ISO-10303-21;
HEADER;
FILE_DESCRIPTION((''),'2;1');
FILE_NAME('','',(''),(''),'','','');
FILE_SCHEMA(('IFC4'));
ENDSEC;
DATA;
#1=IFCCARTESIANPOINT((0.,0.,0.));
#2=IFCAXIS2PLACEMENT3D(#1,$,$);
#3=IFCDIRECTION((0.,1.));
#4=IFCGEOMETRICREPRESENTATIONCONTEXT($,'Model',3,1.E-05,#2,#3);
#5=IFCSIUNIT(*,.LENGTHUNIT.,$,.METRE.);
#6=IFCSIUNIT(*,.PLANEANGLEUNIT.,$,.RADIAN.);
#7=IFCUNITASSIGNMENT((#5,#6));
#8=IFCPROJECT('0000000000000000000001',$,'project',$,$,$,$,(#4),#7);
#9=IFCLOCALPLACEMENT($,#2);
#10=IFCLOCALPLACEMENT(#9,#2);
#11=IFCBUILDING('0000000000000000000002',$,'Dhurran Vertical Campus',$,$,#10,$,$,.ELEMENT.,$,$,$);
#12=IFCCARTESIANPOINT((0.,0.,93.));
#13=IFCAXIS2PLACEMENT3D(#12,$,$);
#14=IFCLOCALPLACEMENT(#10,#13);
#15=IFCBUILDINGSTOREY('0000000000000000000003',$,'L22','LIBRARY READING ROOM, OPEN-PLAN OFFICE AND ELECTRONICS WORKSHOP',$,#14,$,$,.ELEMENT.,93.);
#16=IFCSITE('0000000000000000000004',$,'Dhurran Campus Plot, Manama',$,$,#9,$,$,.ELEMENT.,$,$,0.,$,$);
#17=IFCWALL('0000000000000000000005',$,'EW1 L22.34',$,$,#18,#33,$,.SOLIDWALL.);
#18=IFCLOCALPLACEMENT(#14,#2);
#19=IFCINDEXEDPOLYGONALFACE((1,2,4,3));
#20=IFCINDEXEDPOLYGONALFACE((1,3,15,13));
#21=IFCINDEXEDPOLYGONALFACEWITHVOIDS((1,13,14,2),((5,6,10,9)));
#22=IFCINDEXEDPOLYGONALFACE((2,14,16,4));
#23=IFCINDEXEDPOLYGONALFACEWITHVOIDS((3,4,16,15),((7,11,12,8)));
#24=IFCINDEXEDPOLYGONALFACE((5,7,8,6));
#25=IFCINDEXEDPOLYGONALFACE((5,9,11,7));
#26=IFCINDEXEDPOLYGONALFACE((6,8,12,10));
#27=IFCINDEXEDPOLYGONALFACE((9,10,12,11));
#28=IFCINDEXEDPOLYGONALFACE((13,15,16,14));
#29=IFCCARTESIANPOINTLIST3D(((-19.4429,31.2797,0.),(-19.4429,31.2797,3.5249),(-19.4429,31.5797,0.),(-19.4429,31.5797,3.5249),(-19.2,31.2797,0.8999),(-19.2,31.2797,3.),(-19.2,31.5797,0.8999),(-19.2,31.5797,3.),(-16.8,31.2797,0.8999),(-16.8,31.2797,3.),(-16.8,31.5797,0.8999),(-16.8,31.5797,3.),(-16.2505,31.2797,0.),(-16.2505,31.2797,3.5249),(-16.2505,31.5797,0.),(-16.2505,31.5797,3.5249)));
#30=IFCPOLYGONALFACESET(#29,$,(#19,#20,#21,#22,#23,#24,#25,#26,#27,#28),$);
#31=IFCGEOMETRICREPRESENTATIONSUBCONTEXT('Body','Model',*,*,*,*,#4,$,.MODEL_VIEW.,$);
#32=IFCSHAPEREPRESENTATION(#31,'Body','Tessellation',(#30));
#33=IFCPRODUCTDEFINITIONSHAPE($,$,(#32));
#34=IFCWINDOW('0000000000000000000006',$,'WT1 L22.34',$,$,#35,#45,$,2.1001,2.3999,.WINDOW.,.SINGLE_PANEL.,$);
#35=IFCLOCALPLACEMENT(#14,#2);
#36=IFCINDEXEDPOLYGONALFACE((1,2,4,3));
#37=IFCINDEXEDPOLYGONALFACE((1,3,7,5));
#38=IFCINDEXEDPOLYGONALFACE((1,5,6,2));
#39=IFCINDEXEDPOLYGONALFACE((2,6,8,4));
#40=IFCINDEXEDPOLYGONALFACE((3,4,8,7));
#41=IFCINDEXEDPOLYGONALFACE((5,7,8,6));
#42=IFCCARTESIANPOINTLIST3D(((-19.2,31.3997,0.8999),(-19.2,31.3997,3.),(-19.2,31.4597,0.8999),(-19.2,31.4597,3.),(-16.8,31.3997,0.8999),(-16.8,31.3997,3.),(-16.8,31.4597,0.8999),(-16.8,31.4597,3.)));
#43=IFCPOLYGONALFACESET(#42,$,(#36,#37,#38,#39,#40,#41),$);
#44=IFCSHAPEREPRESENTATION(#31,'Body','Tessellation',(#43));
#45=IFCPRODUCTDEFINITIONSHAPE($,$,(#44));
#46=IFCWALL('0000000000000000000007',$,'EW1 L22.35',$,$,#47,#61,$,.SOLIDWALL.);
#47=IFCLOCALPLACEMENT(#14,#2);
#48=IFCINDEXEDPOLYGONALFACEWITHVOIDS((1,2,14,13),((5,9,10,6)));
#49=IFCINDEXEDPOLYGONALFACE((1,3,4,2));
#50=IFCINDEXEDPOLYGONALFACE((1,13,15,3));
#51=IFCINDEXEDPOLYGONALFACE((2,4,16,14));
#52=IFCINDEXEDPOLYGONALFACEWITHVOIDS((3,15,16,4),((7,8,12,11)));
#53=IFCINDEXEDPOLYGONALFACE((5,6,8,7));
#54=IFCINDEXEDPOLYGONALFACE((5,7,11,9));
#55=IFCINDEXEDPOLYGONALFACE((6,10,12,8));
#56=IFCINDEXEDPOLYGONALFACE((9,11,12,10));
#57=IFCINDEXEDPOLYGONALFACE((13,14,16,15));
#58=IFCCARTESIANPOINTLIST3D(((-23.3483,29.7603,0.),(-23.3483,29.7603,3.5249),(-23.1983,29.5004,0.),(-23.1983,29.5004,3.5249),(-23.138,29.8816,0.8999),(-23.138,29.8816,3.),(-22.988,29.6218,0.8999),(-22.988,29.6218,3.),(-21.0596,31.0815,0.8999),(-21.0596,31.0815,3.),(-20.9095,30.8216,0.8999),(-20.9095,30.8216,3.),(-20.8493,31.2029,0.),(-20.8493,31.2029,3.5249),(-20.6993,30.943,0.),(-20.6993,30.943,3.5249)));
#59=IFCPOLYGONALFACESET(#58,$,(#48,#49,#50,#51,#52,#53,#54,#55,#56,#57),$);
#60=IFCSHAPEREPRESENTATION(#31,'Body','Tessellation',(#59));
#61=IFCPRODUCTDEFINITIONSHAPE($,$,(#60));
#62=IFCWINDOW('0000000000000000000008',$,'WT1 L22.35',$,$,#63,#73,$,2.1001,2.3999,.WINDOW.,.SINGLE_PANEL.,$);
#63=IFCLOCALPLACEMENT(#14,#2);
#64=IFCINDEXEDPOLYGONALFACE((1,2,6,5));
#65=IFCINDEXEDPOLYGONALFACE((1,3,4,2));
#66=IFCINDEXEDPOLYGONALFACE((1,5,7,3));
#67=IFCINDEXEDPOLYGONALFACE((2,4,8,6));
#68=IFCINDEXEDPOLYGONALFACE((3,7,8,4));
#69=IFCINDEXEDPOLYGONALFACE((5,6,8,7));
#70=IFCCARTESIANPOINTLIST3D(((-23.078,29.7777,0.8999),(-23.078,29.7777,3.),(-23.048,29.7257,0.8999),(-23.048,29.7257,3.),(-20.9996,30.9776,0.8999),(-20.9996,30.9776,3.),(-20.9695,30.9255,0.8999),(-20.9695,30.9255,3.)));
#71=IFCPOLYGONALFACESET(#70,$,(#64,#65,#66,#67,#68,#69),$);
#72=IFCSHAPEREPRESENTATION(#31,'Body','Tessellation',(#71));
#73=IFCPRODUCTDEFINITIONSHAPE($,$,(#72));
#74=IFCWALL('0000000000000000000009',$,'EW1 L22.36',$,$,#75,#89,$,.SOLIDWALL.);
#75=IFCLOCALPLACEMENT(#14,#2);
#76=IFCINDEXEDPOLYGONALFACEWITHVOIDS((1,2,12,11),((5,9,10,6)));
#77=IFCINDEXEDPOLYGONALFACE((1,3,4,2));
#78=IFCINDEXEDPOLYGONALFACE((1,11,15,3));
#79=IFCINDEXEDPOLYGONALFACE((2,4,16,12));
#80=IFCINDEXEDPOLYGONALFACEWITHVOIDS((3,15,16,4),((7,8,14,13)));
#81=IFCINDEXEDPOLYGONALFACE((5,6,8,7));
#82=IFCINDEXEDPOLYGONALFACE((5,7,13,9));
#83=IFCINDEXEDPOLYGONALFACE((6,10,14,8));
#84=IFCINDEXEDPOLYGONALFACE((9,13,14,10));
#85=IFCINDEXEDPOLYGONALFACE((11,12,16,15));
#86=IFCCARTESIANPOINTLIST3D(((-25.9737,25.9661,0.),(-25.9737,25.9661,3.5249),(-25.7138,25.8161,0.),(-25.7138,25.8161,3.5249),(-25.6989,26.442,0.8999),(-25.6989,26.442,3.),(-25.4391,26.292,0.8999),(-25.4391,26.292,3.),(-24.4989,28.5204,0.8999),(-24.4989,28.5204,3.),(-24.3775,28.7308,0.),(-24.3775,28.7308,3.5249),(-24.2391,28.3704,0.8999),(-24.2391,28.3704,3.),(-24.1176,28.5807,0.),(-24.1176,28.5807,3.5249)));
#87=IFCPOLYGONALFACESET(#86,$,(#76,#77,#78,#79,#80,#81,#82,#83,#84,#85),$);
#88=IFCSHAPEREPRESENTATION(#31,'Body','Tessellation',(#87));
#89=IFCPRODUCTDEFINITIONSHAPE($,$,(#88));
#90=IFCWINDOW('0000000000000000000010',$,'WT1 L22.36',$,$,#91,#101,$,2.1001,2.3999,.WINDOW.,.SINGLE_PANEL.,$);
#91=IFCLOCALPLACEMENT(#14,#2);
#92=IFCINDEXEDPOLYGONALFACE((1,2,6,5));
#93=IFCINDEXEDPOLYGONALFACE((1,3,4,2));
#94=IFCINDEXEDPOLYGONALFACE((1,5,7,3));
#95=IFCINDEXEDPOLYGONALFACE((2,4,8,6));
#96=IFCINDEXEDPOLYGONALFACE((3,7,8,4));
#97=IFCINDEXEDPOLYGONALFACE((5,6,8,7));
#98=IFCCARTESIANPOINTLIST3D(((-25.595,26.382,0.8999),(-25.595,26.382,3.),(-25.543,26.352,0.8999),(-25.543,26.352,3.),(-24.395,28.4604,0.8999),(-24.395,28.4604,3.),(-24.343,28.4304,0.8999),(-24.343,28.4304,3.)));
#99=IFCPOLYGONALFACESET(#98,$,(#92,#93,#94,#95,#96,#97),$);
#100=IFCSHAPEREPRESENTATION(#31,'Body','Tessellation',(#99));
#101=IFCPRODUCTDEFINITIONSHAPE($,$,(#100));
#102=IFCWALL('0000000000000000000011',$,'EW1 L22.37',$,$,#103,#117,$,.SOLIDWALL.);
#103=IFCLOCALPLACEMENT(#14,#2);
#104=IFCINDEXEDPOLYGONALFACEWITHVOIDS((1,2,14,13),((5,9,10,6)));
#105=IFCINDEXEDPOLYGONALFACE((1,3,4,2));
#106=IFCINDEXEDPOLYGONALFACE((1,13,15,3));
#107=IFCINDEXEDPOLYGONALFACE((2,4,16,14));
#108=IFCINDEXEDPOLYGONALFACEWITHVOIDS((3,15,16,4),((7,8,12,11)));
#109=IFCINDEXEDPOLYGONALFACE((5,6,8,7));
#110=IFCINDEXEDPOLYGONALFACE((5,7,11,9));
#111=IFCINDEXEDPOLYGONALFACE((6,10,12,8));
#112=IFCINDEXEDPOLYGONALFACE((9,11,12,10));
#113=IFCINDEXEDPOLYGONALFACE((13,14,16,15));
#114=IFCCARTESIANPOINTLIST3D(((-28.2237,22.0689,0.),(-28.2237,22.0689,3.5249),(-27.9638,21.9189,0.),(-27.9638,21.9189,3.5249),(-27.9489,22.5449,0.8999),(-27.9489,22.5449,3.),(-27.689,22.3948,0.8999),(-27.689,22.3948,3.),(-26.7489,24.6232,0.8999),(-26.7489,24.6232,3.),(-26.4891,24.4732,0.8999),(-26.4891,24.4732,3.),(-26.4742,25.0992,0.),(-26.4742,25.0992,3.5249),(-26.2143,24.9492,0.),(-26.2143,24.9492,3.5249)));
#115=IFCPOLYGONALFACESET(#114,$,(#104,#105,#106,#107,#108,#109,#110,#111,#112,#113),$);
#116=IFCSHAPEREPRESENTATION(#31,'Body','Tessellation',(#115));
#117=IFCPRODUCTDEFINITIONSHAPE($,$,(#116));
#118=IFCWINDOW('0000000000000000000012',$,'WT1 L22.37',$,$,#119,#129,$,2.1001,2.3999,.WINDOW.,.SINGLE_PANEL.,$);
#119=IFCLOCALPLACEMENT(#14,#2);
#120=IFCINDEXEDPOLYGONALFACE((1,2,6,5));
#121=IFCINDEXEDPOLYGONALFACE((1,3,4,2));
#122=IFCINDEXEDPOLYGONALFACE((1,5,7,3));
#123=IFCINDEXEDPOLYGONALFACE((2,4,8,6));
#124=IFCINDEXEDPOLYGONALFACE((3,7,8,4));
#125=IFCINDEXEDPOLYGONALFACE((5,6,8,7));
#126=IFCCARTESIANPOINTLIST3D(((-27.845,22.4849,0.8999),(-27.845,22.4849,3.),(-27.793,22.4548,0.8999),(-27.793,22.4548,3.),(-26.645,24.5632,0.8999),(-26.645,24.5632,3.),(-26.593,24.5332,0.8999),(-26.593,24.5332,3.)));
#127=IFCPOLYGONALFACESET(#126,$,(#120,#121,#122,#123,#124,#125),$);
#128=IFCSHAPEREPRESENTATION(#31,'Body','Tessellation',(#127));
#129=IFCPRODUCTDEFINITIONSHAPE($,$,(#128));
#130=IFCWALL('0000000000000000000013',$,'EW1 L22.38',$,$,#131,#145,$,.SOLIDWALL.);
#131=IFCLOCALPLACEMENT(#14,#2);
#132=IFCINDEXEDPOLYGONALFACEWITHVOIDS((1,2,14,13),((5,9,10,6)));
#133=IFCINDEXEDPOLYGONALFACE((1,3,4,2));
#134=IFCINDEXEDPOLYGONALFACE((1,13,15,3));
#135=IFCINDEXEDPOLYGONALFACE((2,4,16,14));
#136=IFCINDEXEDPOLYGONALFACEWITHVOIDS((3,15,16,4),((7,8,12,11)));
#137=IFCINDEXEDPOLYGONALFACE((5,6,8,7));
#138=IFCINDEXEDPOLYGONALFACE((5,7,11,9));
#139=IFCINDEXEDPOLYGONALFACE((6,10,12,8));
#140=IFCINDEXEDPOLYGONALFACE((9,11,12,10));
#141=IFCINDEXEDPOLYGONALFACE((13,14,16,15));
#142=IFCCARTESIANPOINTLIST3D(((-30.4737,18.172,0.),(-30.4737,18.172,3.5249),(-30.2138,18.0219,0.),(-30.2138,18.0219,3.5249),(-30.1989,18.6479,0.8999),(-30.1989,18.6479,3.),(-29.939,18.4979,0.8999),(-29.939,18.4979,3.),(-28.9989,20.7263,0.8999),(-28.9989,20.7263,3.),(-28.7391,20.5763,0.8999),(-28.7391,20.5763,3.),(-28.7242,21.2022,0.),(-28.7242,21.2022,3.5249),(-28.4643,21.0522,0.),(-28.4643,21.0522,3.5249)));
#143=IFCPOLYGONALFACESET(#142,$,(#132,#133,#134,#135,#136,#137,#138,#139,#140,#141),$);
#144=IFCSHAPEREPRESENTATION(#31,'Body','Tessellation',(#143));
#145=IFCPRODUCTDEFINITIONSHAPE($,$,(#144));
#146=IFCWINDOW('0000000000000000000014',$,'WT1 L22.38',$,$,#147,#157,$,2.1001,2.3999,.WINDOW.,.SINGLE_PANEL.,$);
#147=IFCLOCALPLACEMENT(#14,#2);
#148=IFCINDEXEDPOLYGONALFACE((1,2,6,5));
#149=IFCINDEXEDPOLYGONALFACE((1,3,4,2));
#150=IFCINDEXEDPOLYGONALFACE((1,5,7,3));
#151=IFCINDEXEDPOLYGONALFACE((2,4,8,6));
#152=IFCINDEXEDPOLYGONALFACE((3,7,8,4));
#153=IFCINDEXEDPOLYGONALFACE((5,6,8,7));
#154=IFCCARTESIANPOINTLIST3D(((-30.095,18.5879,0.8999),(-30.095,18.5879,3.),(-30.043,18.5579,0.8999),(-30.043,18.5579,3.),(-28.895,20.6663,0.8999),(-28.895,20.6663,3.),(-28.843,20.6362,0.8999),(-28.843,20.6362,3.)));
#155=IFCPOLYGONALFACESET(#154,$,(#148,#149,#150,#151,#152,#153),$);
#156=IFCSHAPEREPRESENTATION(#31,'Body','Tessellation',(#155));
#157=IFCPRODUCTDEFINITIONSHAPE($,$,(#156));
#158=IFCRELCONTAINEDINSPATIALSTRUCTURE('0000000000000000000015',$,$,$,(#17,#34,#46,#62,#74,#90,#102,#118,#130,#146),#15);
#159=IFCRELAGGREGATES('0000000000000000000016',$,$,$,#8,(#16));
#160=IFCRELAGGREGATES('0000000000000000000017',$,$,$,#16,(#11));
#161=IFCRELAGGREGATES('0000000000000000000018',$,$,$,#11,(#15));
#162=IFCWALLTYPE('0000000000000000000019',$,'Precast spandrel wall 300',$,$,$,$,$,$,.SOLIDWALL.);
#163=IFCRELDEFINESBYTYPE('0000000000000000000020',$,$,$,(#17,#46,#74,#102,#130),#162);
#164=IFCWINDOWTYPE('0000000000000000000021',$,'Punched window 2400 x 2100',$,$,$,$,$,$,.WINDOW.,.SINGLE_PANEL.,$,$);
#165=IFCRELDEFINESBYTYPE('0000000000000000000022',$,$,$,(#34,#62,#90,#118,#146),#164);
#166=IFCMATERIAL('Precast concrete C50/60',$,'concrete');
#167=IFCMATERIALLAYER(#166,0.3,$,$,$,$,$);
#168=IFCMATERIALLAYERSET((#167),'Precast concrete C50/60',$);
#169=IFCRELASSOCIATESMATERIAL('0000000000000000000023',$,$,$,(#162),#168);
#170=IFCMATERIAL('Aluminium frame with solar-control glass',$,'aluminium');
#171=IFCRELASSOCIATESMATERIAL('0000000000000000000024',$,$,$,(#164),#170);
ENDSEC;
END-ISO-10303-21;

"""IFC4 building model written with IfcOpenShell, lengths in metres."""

from ifc_helpers import new_model, si_unit, direction, frame, frame_2d, origin, place, context, subcontext, project, spatial, rectangle, extrude, material, layer, layer_set, type_object, element, fill, save


model = new_model("IFC4")

# Units and contexts
model_context = context("Model", 3, precision=1e-05, world=origin(), true_north=direction((0.0, 1.0)))
body_context = subcontext(model_context, "Body", "Model", "MODEL_VIEW")
ifc_project = project(units=[si_unit("LENGTHUNIT", "METRE"), si_unit("PLANEANGLEUNIT", "RADIAN")], contexts=[model_context])

# Site, building, storey
site_placement = place(None, origin())
site = spatial("IfcSite", under=ifc_project, at=site_placement, Name="Dhurran Campus Plot, Manama", CompositionType="ELEMENT", RefElevation=0.0)
building_placement = place(site_placement, origin())
building = spatial("IfcBuilding", under=site, at=building_placement, Name="Dhurran Vertical Campus", CompositionType="ELEMENT")
storey_placement = place(building_placement, frame((0.0, 0.0, 93.0)))
storey = spatial("IfcBuildingStorey", under=building, at=storey_placement, Name="L22", Description="LIBRARY READING ROOM, OPEN-PLAN OFFICE AND ELECTRONICS WORKSHOP", CompositionType="ELEMENT", Elevation=93.0)

# Walls, openings, windows
ifc_material_1 = material(Name="Precast concrete C50/60", Category="concrete")
ifc_layer_1 = layer(ifc_material_1, 0.3)
ifc_layer_set_1 = layer_set([ifc_layer_1], Name="Precast concrete C50/60")
wall_type_1 = type_object("IfcWallType", Name="Precast spandrel wall 300", PredefinedType="SOLIDWALL", material=ifc_layer_set_1)
wall_1_placement = place(storey_placement, frame((-16.2505, 31.4297, 0.0), z_axis=(0.0, 0.0, 1.0), x_axis=(-1.0, 0.0, 0.0)))
wall_1 = element("IfcWall", 1, at=wall_1_placement, inside=storey, type_object=wall_type_1, Name="EW1 L22.34", PredefinedType="SOLIDWALL", context=body_context, shape_type="SweptSolid", body=[
    extrude(rectangle(XDim=3.1924, YDim=0.3, at=frame_2d((1.5962, 0.0))), origin(), (0.0, 0.0, 1.0), 3.5249),
])
opening_1_placement = place(wall_1_placement, frame((0.5496, 0.0, 0.8999)))
opening_1 = element("IfcOpeningElement", 2, at=opening_1_placement, cuts=wall_1, PredefinedType="OPENING", context=body_context, shape_type="SweptSolid", body=[
    extrude(rectangle(XDim=2.3999, YDim=2.1001, at=frame_2d((1.2, 1.05))), frame((0.0, 0.1599, 0.0), z_axis=(0.0, -1.0, 0.0), x_axis=(1.0, 0.0, 0.0)), (0.0, 0.0, 1.0), 0.3201),
])
ifc_material_2 = material(Name="Aluminium frame with solar-control glass", Category="aluminium")
window_type = type_object("IfcWindowType", Name="Punched window 2400 x 2100", PartitioningType="SINGLE_PANEL", PredefinedType="WINDOW", material=ifc_material_2)
window_1_placement = place(opening_1_placement, origin())
window_1 = element("IfcWindow", 3, at=window_1_placement, inside=storey, type_object=window_type, Name="WT1 L22.34", OverallHeight=2.1001, OverallWidth=2.3999, PartitioningType="SINGLE_PANEL", PredefinedType="WINDOW", context=body_context, shape_type="SweptSolid", body=[
    extrude(rectangle(XDim=2.3999, YDim=2.1001, at=frame_2d((1.2, 1.05))), frame((0.0, 0.03, 0.0), z_axis=(0.0, -1.0, 0.0), x_axis=(1.0, 0.0, 0.0)), (0.0, 0.0, 1.0), 0.0601),
])
fill(opening_1, window_1)
wall_2_placement = place(storey_placement, frame((-20.7742, 31.073, 0.0), z_axis=(0.0, 0.0, 1.0), x_axis=(-0.866053, -0.499952, 0.0)))
wall_2 = element("IfcWall", 4, at=wall_2_placement, inside=storey, type_object=wall_type_1, Name="EW1 L22.35", PredefinedType="SOLIDWALL", context=body_context, shape_type="SweptSolid", body=[
    extrude(rectangle(XDim=2.8855, YDim=0.3, at=frame_2d((1.4429, 0.0))), origin(), (0.0, 0.0, 1.0), 3.5249),
])
opening_2_placement = place(wall_2_placement, frame((0.2429, 0.0, 0.8999)))
opening_2 = element("IfcOpeningElement", 5, at=opening_2_placement, cuts=wall_2, PredefinedType="OPENING", context=body_context, shape_type="SweptSolid", body=[
    extrude(rectangle(XDim=2.3999, YDim=2.1001, at=frame_2d((1.2, 1.05))), frame((0.0, 0.1599, 0.0), z_axis=(0.0, -1.0, 0.0), x_axis=(1.0, 0.0, 0.0)), (0.0, 0.0, 1.0), 0.3201),
])
window_2_placement = place(opening_2_placement, origin())
window_2 = element("IfcWindow", 6, at=window_2_placement, inside=storey, type_object=window_type, Name="WT1 L22.35", OverallHeight=2.1001, OverallWidth=2.3999, PartitioningType="SINGLE_PANEL", PredefinedType="WINDOW", context=body_context, shape_type="SweptSolid", body=[
    extrude(rectangle(XDim=2.3999, YDim=2.1001, at=frame_2d((1.2, 1.05))), frame((0.0, 0.03, 0.0), z_axis=(0.0, -1.0, 0.0), x_axis=(1.0, 0.0, 0.0)), (0.0, 0.0, 1.0), 0.0601),
])
fill(opening_2, window_2)
wall_3_placement = place(storey_placement, frame((-24.2476, 28.6558, 0.0), z_axis=(0.0, 0.0, 1.0), x_axis=(-0.500005, -0.866023, 0.0)))
wall_3 = element("IfcWall", 7, at=wall_3_placement, inside=storey, type_object=wall_type_1, Name="EW1 L22.36", PredefinedType="SOLIDWALL", context=body_context, shape_type="SweptSolid", body=[
    extrude(rectangle(XDim=3.1924, YDim=0.3, at=frame_2d((1.5962, 0.0))), origin(), (0.0, 0.0, 1.0), 3.5249),
])
opening_3_placement = place(wall_3_placement, frame((0.2429, 0.0, 0.8999)))
opening_3 = element("IfcOpeningElement", 8, at=opening_3_placement, cuts=wall_3, PredefinedType="OPENING", context=body_context, shape_type="SweptSolid", body=[
    extrude(rectangle(XDim=2.3999, YDim=2.1001, at=frame_2d((1.2, 1.05))), frame((0.0, 0.1599, 0.0), z_axis=(0.0, -1.0, 0.0), x_axis=(1.0, 0.0, 0.0)), (0.0, 0.0, 1.0), 0.3201),
])
window_3_placement = place(opening_3_placement, origin())
window_3 = element("IfcWindow", 9, at=window_3_placement, inside=storey, type_object=window_type, Name="WT1 L22.36", OverallHeight=2.1001, OverallWidth=2.3999, PartitioningType="SINGLE_PANEL", PredefinedType="WINDOW", context=body_context, shape_type="SweptSolid", body=[
    extrude(rectangle(XDim=2.3999, YDim=2.1001, at=frame_2d((1.2, 1.05))), frame((0.0, 0.03, 0.0), z_axis=(0.0, -1.0, 0.0), x_axis=(1.0, 0.0, 0.0)), (0.0, 0.0, 1.0), 0.0601),
])
fill(opening_3, window_3)
wall_4_placement = place(storey_placement, frame((-26.3442, 25.0242, 0.0), z_axis=(0.0, 0.0, 1.0), x_axis=(-0.499996, -0.866028, 0.0)))
wall_4 = element("IfcWall", 10, at=wall_4_placement, inside=storey, type_object=wall_type_1, Name="EW1 L22.37", PredefinedType="SOLIDWALL", context=body_context, shape_type="SweptSolid", body=[
    extrude(rectangle(XDim=3.499, YDim=0.3, at=frame_2d((1.7495, 0.0))), origin(), (0.0, 0.0, 1.0), 3.5249),
])
opening_4_placement = place(wall_4_placement, frame((0.5496, 0.0, 0.8999)))
opening_4 = element("IfcOpeningElement", 11, at=opening_4_placement, cuts=wall_4, PredefinedType="OPENING", context=body_context, shape_type="SweptSolid", body=[
    extrude(rectangle(XDim=2.3999, YDim=2.1001, at=frame_2d((1.2, 1.05))), frame((0.0, 0.1599, 0.0), z_axis=(0.0, -1.0, 0.0), x_axis=(1.0, 0.0, 0.0)), (0.0, 0.0, 1.0), 0.3201),
])
window_4_placement = place(opening_4_placement, origin())
window_4 = element("IfcWindow", 12, at=window_4_placement, inside=storey, type_object=window_type, Name="WT1 L22.37", OverallHeight=2.1001, OverallWidth=2.3999, PartitioningType="SINGLE_PANEL", PredefinedType="WINDOW", context=body_context, shape_type="SweptSolid", body=[
    extrude(rectangle(XDim=2.3999, YDim=2.1001, at=frame_2d((1.2, 1.05))), frame((0.0, 0.03, 0.0), z_axis=(0.0, -1.0, 0.0), x_axis=(1.0, 0.0, 0.0)), (0.0, 0.0, 1.0), 0.0601),
])
fill(opening_4, window_4)
wall_5_placement = place(storey_placement, frame((-28.5942, 21.1272, 0.0), z_axis=(0.0, 0.0, 1.0), x_axis=(-0.499996, -0.866028, 0.0)))
wall_5 = element("IfcWall", 13, at=wall_5_placement, inside=storey, type_object=wall_type_1, Name="EW1 L22.38", PredefinedType="SOLIDWALL", context=body_context, shape_type="SweptSolid", body=[
    extrude(rectangle(XDim=3.499, YDim=0.3, at=frame_2d((1.7495, 0.0))), origin(), (0.0, 0.0, 1.0), 3.5249),
])
opening_5_placement = place(wall_5_placement, frame((0.5496, 0.0, 0.8999)))
opening_5 = element("IfcOpeningElement", 14, at=opening_5_placement, cuts=wall_5, PredefinedType="OPENING", context=body_context, shape_type="SweptSolid", body=[
    extrude(rectangle(XDim=2.3999, YDim=2.1001, at=frame_2d((1.2, 1.05))), frame((0.0, 0.1599, 0.0), z_axis=(0.0, -1.0, 0.0), x_axis=(1.0, 0.0, 0.0)), (0.0, 0.0, 1.0), 0.3201),
])
window_5_placement = place(opening_5_placement, origin())
window_5 = element("IfcWindow", 15, at=window_5_placement, inside=storey, type_object=window_type, Name="WT1 L22.38", OverallHeight=2.1001, OverallWidth=2.3999, PartitioningType="SINGLE_PANEL", PredefinedType="WINDOW", context=body_context, shape_type="SweptSolid", body=[
    extrude(rectangle(XDim=2.3999, YDim=2.1001, at=frame_2d((1.2, 1.05))), frame((0.0, 0.03, 0.0), z_axis=(0.0, -1.0, 0.0), x_axis=(1.0, 0.0, 0.0)), (0.0, 0.0, 1.0), 0.0601),
])
fill(opening_5, window_5)

save(model, "model.ifc")
